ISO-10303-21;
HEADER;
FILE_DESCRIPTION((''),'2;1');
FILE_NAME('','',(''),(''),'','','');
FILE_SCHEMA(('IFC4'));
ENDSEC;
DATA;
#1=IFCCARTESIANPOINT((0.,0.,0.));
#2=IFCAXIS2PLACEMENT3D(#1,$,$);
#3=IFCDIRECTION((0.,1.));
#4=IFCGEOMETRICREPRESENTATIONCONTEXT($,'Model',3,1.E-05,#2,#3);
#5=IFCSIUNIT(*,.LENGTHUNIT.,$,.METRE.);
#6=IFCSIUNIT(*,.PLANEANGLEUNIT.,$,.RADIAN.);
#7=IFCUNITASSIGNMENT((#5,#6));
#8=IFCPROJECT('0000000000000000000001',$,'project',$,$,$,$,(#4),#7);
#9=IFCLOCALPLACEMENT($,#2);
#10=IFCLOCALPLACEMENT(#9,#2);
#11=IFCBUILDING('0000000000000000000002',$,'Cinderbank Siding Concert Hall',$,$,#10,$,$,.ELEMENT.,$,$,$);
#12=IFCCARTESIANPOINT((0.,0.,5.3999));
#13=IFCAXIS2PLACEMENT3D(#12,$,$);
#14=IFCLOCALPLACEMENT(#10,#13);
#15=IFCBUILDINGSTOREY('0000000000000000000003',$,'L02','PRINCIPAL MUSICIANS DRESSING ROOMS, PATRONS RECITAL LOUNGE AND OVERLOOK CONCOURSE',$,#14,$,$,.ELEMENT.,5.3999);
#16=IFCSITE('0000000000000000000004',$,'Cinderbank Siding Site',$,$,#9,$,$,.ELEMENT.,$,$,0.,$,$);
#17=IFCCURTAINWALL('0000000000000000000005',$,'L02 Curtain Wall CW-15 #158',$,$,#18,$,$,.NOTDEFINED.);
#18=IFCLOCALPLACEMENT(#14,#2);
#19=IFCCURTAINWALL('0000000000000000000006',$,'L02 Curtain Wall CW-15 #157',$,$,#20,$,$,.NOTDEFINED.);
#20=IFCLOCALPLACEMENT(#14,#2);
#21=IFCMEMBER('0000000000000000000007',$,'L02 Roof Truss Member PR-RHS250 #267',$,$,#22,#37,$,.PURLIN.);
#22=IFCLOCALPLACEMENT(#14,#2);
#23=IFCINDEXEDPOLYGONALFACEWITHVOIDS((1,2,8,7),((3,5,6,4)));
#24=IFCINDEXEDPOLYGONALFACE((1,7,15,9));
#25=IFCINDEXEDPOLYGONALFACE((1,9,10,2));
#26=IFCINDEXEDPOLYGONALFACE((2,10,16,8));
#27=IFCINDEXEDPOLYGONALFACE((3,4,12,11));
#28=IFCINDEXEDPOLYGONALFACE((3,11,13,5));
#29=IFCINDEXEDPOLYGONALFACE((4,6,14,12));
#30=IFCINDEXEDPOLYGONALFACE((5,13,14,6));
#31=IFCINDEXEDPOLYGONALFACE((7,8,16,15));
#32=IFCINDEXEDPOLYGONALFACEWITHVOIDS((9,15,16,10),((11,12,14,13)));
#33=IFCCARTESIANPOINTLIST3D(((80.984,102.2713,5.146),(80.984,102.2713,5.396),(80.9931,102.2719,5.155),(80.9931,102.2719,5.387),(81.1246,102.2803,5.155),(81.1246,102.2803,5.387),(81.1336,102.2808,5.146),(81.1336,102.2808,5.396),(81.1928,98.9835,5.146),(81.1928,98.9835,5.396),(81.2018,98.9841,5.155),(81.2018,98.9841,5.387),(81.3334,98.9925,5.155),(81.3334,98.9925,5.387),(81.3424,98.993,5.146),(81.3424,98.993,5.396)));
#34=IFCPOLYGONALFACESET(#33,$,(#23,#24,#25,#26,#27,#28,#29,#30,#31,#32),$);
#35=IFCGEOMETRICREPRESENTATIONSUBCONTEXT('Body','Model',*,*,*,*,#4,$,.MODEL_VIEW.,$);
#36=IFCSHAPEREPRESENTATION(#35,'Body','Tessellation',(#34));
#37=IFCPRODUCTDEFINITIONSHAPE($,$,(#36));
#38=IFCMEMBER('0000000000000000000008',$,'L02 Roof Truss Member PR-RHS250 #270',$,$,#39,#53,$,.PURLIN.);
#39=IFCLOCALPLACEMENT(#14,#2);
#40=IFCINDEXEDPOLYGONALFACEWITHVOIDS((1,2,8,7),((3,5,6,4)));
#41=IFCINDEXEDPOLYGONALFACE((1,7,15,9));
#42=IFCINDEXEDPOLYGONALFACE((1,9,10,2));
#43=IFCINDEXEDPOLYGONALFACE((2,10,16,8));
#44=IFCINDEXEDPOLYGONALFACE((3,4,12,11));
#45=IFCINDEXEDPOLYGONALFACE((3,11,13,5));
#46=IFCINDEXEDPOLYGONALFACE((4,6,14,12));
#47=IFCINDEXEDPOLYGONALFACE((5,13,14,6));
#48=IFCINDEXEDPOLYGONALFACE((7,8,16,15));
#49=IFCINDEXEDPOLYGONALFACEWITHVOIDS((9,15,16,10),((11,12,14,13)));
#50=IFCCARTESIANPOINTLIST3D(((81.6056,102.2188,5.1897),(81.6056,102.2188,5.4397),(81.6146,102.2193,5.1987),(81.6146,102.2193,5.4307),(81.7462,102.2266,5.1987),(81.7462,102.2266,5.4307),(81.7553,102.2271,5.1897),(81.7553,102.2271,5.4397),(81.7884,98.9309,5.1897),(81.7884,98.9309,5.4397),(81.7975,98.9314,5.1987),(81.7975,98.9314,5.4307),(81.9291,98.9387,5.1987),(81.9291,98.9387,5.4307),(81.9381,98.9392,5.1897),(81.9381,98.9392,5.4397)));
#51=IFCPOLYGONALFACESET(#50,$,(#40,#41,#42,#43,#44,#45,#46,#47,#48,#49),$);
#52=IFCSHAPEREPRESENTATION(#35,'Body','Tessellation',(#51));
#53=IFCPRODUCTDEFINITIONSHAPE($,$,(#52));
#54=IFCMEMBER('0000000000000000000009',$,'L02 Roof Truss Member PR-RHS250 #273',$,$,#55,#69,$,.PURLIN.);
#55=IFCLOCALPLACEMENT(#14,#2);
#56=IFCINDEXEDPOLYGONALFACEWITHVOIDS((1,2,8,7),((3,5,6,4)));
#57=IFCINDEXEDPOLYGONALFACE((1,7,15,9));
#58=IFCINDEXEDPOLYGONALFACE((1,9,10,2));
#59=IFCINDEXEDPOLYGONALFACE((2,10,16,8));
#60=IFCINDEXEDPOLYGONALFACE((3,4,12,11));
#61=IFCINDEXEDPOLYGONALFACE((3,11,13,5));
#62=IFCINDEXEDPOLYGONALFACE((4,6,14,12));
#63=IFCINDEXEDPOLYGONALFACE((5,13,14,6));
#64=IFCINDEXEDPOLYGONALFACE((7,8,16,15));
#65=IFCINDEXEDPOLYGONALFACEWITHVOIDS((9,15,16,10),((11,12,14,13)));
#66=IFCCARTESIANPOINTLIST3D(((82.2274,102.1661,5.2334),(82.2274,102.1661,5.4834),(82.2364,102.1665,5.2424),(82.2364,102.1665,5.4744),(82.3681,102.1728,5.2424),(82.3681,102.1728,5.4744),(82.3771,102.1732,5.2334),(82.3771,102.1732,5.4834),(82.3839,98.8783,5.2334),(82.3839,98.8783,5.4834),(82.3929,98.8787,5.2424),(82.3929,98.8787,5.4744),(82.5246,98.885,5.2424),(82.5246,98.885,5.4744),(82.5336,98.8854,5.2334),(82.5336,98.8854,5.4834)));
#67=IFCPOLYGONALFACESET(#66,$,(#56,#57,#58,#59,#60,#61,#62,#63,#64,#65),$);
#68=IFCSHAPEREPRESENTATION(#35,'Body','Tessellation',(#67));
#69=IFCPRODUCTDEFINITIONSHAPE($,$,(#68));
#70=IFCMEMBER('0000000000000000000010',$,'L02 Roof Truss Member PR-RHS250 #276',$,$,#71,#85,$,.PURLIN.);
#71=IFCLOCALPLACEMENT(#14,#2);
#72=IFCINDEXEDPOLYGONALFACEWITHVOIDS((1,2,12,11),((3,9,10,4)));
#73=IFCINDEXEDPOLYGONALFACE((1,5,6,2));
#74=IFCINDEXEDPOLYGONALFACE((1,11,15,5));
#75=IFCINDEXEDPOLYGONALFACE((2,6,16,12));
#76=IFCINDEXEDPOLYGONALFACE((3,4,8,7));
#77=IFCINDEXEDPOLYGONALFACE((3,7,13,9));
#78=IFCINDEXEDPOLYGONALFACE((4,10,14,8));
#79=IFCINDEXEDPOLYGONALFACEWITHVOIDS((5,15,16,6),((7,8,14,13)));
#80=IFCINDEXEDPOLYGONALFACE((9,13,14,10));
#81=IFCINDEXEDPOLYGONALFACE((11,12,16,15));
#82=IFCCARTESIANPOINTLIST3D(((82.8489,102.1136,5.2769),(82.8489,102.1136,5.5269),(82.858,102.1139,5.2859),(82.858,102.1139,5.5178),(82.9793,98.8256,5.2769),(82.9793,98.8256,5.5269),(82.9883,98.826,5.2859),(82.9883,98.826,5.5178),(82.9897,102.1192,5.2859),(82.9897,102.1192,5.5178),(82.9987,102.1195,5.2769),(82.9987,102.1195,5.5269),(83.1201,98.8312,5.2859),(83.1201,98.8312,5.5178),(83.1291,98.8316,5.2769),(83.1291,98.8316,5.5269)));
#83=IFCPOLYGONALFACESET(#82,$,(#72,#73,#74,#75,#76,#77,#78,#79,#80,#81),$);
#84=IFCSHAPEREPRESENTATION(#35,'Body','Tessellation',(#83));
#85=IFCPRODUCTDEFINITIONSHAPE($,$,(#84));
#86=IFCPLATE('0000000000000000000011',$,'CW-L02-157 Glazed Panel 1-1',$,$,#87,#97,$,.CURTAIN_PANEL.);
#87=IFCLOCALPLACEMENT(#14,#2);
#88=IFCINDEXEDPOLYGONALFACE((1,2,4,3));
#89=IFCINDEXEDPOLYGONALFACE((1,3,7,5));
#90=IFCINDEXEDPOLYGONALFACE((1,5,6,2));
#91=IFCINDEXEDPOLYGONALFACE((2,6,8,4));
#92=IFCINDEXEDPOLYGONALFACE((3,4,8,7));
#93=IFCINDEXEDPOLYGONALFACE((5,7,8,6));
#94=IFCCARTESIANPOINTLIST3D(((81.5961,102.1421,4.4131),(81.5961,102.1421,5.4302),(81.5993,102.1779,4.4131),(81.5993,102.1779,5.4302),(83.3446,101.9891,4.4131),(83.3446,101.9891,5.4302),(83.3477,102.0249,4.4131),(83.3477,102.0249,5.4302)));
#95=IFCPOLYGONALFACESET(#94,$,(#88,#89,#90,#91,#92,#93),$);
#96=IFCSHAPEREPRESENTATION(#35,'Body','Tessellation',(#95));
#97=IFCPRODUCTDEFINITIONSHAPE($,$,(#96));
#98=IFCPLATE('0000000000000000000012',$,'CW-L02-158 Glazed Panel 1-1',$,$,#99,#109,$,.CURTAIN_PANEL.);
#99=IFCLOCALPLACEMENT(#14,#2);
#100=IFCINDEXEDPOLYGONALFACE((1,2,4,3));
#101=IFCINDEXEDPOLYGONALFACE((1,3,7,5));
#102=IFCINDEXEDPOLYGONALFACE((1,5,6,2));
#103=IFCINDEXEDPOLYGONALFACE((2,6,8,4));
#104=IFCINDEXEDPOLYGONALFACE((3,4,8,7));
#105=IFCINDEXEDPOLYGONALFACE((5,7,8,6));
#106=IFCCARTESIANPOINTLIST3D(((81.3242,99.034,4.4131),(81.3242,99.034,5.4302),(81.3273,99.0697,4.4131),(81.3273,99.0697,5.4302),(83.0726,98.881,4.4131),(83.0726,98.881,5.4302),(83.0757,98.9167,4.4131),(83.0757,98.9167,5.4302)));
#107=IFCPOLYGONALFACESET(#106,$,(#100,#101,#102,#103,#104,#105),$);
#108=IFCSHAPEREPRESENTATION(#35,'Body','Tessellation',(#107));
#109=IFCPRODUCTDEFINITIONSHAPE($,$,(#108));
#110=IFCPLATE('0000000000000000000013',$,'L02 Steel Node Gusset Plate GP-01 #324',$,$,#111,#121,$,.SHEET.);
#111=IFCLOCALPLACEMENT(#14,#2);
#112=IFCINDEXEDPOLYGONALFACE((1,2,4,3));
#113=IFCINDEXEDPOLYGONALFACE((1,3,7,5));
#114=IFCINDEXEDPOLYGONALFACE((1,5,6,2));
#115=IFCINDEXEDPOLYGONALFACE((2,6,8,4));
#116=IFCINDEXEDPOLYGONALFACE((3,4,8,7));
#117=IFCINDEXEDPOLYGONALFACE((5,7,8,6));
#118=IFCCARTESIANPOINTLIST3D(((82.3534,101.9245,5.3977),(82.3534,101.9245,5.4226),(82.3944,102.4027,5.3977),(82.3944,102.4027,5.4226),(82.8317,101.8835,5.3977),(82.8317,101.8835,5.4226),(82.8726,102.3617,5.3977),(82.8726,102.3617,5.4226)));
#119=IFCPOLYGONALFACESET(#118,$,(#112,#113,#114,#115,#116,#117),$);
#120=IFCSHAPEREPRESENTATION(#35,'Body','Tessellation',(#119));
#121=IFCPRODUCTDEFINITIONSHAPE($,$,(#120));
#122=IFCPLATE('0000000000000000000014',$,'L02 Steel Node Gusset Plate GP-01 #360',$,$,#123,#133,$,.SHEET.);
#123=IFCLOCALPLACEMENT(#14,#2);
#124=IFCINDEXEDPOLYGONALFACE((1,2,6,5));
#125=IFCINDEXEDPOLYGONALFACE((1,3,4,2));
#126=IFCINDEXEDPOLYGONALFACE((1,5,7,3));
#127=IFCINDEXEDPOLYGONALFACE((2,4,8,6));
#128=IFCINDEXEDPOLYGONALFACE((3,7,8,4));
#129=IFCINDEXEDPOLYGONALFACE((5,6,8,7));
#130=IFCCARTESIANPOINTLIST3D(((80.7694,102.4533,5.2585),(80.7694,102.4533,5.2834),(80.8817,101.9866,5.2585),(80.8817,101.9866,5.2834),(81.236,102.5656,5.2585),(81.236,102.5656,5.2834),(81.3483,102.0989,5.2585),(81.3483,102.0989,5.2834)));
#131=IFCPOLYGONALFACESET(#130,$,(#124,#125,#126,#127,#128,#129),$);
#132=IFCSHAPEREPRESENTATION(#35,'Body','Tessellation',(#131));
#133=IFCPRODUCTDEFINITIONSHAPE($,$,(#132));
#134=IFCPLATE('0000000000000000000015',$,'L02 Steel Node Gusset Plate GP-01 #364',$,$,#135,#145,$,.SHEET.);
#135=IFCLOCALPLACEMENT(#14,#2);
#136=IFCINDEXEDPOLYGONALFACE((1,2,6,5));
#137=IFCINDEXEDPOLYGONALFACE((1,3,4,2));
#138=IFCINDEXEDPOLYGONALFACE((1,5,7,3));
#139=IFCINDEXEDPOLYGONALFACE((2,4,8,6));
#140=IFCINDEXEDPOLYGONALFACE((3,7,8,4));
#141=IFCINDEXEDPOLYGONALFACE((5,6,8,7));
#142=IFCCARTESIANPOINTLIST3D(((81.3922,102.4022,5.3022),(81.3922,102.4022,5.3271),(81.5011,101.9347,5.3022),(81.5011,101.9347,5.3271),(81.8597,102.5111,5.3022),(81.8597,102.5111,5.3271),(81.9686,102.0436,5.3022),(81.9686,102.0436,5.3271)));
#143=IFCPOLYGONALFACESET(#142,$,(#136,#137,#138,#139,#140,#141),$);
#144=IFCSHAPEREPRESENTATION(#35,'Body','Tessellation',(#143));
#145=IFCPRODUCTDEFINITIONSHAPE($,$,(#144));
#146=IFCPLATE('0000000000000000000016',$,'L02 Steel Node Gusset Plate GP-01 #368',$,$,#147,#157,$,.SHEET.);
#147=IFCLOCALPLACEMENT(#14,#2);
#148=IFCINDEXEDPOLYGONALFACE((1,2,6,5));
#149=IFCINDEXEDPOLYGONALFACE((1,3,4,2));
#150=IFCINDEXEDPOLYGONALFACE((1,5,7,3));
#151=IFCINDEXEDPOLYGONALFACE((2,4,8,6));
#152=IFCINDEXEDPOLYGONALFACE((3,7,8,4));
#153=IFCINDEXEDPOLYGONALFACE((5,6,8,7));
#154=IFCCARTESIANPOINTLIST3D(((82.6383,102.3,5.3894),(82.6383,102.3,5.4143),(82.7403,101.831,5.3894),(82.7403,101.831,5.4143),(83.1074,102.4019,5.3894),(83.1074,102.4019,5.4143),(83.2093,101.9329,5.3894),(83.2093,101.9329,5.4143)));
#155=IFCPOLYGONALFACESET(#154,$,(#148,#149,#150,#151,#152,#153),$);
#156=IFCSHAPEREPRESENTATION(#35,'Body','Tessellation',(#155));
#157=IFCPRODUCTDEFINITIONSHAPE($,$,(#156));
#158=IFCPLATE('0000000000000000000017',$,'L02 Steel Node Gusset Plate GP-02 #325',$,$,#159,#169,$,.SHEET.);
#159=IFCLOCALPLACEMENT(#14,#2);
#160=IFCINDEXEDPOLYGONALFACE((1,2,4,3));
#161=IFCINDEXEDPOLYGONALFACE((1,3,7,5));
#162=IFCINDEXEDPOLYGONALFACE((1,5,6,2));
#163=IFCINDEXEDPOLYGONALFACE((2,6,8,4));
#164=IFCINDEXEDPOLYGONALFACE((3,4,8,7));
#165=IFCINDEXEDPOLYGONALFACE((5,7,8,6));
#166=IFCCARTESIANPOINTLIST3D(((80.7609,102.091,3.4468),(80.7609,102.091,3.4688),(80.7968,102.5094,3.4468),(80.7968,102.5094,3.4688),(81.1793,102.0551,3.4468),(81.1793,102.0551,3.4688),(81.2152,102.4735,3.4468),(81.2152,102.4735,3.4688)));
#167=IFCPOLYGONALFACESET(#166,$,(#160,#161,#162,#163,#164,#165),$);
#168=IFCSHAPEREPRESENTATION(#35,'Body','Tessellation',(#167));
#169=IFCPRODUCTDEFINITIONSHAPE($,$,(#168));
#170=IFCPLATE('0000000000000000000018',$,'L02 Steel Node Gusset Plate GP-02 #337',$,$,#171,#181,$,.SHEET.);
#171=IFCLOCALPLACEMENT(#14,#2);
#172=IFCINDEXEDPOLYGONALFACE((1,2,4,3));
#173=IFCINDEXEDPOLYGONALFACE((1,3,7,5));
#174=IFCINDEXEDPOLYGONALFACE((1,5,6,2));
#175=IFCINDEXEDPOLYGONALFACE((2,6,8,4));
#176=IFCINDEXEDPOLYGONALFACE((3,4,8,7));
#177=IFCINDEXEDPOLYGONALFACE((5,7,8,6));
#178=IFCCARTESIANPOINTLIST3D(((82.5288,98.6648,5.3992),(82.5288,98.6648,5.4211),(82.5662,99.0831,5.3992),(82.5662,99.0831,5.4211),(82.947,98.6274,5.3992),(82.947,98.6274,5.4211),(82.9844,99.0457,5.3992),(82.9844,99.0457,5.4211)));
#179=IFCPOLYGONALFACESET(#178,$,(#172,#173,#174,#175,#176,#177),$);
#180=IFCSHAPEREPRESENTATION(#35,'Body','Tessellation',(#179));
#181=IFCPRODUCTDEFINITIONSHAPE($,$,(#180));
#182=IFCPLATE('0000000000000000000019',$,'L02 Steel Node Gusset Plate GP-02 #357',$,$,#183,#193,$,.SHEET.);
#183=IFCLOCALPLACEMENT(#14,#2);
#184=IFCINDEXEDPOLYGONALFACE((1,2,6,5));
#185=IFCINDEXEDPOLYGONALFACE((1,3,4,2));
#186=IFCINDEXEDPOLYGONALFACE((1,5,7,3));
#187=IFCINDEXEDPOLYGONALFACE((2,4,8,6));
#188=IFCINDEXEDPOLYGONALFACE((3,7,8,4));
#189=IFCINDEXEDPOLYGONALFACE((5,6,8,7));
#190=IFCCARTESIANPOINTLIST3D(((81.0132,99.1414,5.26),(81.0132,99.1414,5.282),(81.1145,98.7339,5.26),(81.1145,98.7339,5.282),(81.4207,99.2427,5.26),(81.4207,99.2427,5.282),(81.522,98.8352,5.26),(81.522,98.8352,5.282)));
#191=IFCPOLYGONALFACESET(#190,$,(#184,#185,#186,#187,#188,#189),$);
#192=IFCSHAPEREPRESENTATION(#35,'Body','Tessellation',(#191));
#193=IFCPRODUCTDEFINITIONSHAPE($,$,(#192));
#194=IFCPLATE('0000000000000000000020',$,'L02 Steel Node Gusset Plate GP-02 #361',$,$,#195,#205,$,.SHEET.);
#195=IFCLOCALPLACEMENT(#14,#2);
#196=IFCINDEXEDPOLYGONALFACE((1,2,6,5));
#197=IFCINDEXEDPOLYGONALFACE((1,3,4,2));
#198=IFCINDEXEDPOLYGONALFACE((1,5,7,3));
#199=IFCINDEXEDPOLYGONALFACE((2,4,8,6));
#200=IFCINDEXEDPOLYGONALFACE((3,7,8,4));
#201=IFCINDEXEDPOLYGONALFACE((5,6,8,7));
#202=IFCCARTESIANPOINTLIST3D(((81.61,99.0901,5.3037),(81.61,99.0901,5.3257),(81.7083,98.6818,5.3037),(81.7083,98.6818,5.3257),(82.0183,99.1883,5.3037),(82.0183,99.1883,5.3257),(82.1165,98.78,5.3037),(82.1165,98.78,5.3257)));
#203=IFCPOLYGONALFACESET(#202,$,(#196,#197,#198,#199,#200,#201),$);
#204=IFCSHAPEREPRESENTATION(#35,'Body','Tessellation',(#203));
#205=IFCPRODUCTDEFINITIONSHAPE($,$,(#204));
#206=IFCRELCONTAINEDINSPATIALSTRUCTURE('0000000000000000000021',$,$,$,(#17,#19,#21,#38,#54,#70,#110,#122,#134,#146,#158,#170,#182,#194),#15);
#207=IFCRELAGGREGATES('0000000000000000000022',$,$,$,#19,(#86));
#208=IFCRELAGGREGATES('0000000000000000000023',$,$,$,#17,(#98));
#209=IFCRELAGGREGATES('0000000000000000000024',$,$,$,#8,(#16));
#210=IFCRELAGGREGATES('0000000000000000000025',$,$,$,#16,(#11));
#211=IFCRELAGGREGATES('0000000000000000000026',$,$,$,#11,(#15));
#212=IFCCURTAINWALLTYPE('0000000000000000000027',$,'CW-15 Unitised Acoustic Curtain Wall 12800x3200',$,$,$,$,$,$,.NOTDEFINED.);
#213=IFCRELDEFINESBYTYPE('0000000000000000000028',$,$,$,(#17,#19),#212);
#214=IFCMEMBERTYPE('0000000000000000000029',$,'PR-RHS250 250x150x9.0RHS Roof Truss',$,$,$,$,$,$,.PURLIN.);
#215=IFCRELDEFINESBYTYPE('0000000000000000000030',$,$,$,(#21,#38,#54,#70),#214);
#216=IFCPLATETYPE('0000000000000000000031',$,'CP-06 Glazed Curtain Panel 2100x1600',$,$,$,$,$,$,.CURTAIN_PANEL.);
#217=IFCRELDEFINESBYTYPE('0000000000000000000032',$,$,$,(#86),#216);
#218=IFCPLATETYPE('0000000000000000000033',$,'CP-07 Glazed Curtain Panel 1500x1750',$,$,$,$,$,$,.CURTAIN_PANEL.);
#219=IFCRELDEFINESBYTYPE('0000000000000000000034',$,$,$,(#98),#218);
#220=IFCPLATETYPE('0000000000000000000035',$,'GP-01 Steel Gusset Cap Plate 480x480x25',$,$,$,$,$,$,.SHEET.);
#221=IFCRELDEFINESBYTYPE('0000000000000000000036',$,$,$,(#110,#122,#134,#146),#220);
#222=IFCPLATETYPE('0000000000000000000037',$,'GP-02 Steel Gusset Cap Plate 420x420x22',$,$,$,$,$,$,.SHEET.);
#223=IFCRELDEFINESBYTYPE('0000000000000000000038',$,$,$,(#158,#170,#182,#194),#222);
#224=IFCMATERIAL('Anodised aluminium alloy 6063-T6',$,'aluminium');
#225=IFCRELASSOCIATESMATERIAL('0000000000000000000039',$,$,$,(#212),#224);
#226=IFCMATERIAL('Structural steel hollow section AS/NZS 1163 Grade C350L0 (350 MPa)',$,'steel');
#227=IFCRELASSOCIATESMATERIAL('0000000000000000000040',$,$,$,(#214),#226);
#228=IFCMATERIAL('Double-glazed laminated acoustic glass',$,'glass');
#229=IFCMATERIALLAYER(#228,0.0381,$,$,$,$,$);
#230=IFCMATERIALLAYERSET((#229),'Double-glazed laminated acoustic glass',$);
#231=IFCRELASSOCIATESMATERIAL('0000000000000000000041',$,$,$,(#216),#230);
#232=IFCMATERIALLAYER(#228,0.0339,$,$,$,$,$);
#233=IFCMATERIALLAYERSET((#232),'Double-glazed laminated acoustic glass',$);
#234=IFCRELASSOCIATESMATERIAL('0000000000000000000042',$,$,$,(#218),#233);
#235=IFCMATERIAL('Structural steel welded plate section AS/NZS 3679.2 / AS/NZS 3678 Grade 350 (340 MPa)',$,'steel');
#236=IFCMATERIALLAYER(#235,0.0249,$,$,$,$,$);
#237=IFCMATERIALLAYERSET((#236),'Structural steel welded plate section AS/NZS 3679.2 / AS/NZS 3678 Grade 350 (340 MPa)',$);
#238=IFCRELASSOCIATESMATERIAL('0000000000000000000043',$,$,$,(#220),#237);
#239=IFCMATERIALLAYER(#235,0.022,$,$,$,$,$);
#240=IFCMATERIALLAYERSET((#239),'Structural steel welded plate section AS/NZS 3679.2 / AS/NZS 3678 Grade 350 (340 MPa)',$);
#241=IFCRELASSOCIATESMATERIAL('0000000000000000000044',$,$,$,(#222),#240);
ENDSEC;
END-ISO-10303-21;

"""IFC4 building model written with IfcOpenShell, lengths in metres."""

from ifc_helpers import new_model, si_unit, direction, frame, origin, origin_2d, place, context, subcontext, project, spatial, rectangle, hollow_rectangle, extrude, material, layer, layer_set, material_profile, profile_set, type_object, element, aggregate, save


model = new_model("IFC4")

# Units and contexts
model_context = context("Model", 3, precision=1e-05, world=origin(), true_north=direction((0.0, 1.0)))
body_context = subcontext(model_context, "Body", "Model", "MODEL_VIEW")
ifc_project = project(units=[si_unit("LENGTHUNIT", "METRE"), si_unit("PLANEANGLEUNIT", "RADIAN")], contexts=[model_context])

# Site, building, storey
site_placement = place(None, origin())
site = spatial("IfcSite", under=ifc_project, at=site_placement, Name="Cinderbank Siding Site", CompositionType="ELEMENT", RefElevation=0.0)
building_placement = place(site_placement, origin())
building = spatial("IfcBuilding", under=site, at=building_placement, Name="Cinderbank Siding Concert Hall", CompositionType="ELEMENT")
storey_placement = place(building_placement, frame((0.0, 0.0, 5.3999)))
storey = spatial("IfcBuildingStorey", under=building, at=storey_placement, Name="L02", Description="PRINCIPAL MUSICIANS DRESSING ROOMS, PATRONS RECITAL LOUNGE AND OVERLOOK CONCOURSE", CompositionType="ELEMENT", Elevation=5.3999)

# Shared definitions
ifc_material_1 = material(Name="Structural steel hollow section AS/NZS 1163 Grade C350L0 (350 MPa)", Category="steel")

# Curtain walls
ifc_material_2 = material(Name="Anodised aluminium alloy 6063-T6", Category="aluminium")
curtain_wall_type = type_object("IfcCurtainWallType", Name="CW-15 Unitised Acoustic Curtain Wall 12800x3200", PredefinedType="NOTDEFINED", material=ifc_material_2)
curtain_wall_1_placement = place(storey_placement, origin())
curtain_wall_1 = element("IfcCurtainWall", 1, at=curtain_wall_1_placement, inside=storey, type_object=curtain_wall_type, Name="L02 Curtain Wall CW-15 #158", PredefinedType="NOTDEFINED")
curtain_wall_2_placement = place(storey_placement, origin())
curtain_wall_2 = element("IfcCurtainWall", 2, at=curtain_wall_2_placement, inside=storey, type_object=curtain_wall_type, Name="L02 Curtain Wall CW-15 #157", PredefinedType="NOTDEFINED")

# Members
ifc_material_profile_1 = material_profile(ifc_material_1, hollow_rectangle(XDim=0.1499, YDim=0.25, WallThickness=0.009, at=origin_2d()), Name="250x150x9.0RHS", Category="LoadBearing")
ifc_profile_set_1 = profile_set([ifc_material_profile_1], Name="Structural steel hollow section AS/NZS 1163 Grade C350L0 (350 MPa)")
member_type_1 = type_object("IfcMemberType", Name="PR-RHS250 250x150x9.0RHS Roof Truss", PredefinedType="PURLIN", material=ifc_profile_set_1)
member_1_placement = place(storey_placement, frame((81.2676, 98.9883, 5.271), z_axis=(-0.063361, 0.997991, 0.0), x_axis=(-0.997991, -0.063361, 0.0)))
element("IfcMember", 3, at=member_1_placement, inside=storey, type_object=member_type_1, Name="L02 Roof Truss Member PR-RHS250 #267", PredefinedType="PURLIN", context=body_context, shape_type="SweptSolid", body=[
    extrude(hollow_rectangle(XDim=0.1499, YDim=0.25, WallThickness=0.009, at=origin_2d()), origin(), (0.0, 0.0, 1.0), 3.2944),
])
member_2_placement = place(storey_placement, frame((81.8633, 98.9351, 5.3147), z_axis=(-0.055532, 0.998457, 0.0), x_axis=(-0.998457, -0.055532, 0.0)))
element("IfcMember", 4, at=member_2_placement, inside=storey, type_object=member_type_1, Name="L02 Roof Truss Member PR-RHS250 #270", PredefinedType="PURLIN", context=body_context, shape_type="SweptSolid", body=[
    extrude(hollow_rectangle(XDim=0.1499, YDim=0.25, WallThickness=0.009, at=origin_2d()), origin(), (0.0, 0.0, 1.0), 3.293),
])
member_3_placement = place(storey_placement, frame((82.4587, 98.8818, 5.3584), z_axis=(-0.047544, 0.998869, 0.0), x_axis=(-0.998869, -0.047544, 0.0)))
element("IfcMember", 5, at=member_3_placement, inside=storey, type_object=member_type_1, Name="L02 Roof Truss Member PR-RHS250 #273", PredefinedType="PURLIN", context=body_context, shape_type="SweptSolid", body=[
    extrude(hollow_rectangle(XDim=0.1499, YDim=0.25, WallThickness=0.009, at=origin_2d()), origin(), (0.0, 0.0, 1.0), 3.2915),
])
member_4_placement = place(storey_placement, frame((83.0542, 98.8286, 5.4019), z_axis=(-0.039621, 0.999215, 0.0), x_axis=(-0.999215, -0.039621, 0.0)))
element("IfcMember", 6, at=member_4_placement, inside=storey, type_object=member_type_1, Name="L02 Roof Truss Member PR-RHS250 #276", PredefinedType="PURLIN", context=body_context, shape_type="SweptSolid", body=[
    extrude(hollow_rectangle(XDim=0.1499, YDim=0.25, WallThickness=0.009, at=origin_2d()), origin(), (0.0, 0.0, 1.0), 3.2905),
])

# Plates
ifc_material_3 = material(Name="Double-glazed laminated acoustic glass", Category="glass")
ifc_layer_1 = layer(ifc_material_3, 0.0381)
ifc_layer_set_1 = layer_set([ifc_layer_1], Name="Double-glazed laminated acoustic glass")
plate_type_1 = type_object("IfcPlateType", Name="CP-06 Glazed Curtain Panel 2100x1600", PredefinedType="CURTAIN_PANEL", material=ifc_layer_set_1)
plate_1_placement = place(storey_placement, frame((82.4719, 102.0835, 4.4131), z_axis=(0.0, 0.0, 1.0), x_axis=(0.996195, -0.087157, 0.0)))
plate_1 = element("IfcPlate", 7, at=plate_1_placement, type_object=plate_type_1, Name="CW-L02-157 Glazed Panel 1-1", PredefinedType="CURTAIN_PANEL", context=body_context, shape_type="SweptSolid", body=[
    extrude(rectangle(XDim=1.7551, YDim=0.0359, at=origin_2d()), origin(), (0.0, 0.0, 1.0), 1.0171),
])
aggregate(curtain_wall_2, [plate_1])
ifc_layer_2 = layer(ifc_material_3, 0.0339)
ifc_layer_set_2 = layer_set([ifc_layer_2], Name="Double-glazed laminated acoustic glass")
plate_type_2 = type_object("IfcPlateType", Name="CP-07 Glazed Curtain Panel 1500x1750", PredefinedType="CURTAIN_PANEL", material=ifc_layer_set_2)
plate_2_placement = place(storey_placement, frame((82.2, 98.9753, 4.4131), z_axis=(0.0, 0.0, 1.0), x_axis=(0.996195, -0.087157, 0.0)))
plate_2 = element("IfcPlate", 8, at=plate_2_placement, type_object=plate_type_2, Name="CW-L02-158 Glazed Panel 1-1", PredefinedType="CURTAIN_PANEL", context=body_context, shape_type="SweptSolid", body=[
    extrude(rectangle(XDim=1.7551, YDim=0.0359, at=origin_2d()), origin(), (0.0, 0.0, 1.0), 1.0171),
])
aggregate(curtain_wall_1, [plate_2])

# Plates
ifc_material_4 = material(Name="Structural steel welded plate section AS/NZS 3679.2 / AS/NZS 3678 Grade 350 (340 MPa)", Category="steel")
ifc_layer_3 = layer(ifc_material_4, 0.0249)
ifc_layer_set_3 = layer_set([ifc_layer_3], Name="Structural steel welded plate section AS/NZS 3679.2 / AS/NZS 3678 Grade 350 (340 MPa)")
plate_type_3 = type_object("IfcPlateType", Name="GP-01 Steel Gusset Cap Plate 480x480x25", PredefinedType="SHEET", material=ifc_layer_set_3)
for number, where, z_axis, x_axis, name in (
    (9, (82.613, 102.1431, 5.3977), (0.0, 0.0, 1.0), (0.996345, -0.085417, 0.0), "L02 Steel Node Gusset Plate GP-01 #324"),
    (10, (81.0588, 102.2761, 5.2585), (0.0, 0.0, 1.0), (0.233954, -0.972248, 0.0), "L02 Steel Node Gusset Plate GP-01 #360"),
    (11, (81.6804, 102.2229, 5.3022), (0.0, 0.0, 1.0), (0.226821, -0.973936, 0.0), "L02 Steel Node Gusset Plate GP-01 #364"),
    (12, (82.9238, 102.1165, 5.3894), (0.0, 0.0, 1.0), (0.212348, -0.977194, 0.0), "L02 Steel Node Gusset Plate GP-01 #368"),
):
    element("IfcPlate", number, at=place(storey_placement, frame(where, z_axis=z_axis, x_axis=x_axis)), inside=storey, type_object=plate_type_3, Name=name, PredefinedType="SHEET", context=body_context, shape_type="SweptSolid", body=[
        extrude(rectangle(XDim=0.48, YDim=0.48, at=origin_2d()), origin(), (0.0, 0.0, 1.0), 0.0249),
    ])
ifc_layer_4 = layer(ifc_material_4, 0.022)
ifc_layer_set_4 = layer_set([ifc_layer_4], Name="Structural steel welded plate section AS/NZS 3679.2 / AS/NZS 3678 Grade 350 (340 MPa)")
plate_type_4 = type_object("IfcPlateType", Name="GP-02 Steel Gusset Cap Plate 420x420x22", PredefinedType="SHEET", material=ifc_layer_set_4)
for number, where, z_axis, x_axis, name in (
    (13, (80.988, 102.2822, 3.4468), (0.0, 0.0, 1.0), (0.996345, -0.085417, 0.0), "L02 Steel Node Gusset Plate GP-02 #325"),
    (14, (82.7566, 98.8552, 5.3992), (0.0, 0.0, 1.0), (0.996026, -0.089068, 0.0), "L02 Steel Node Gusset Plate GP-02 #337"),
    (15, (81.2676, 98.9883, 5.26), (0.0, 0.0, 1.0), (0.241244, -0.970464, 0.0), "L02 Steel Node Gusset Plate GP-02 #357"),
    (16, (81.8633, 98.9351, 5.3037), (0.0, 0.0, 1.0), (0.233954, -0.972248, 0.0), "L02 Steel Node Gusset Plate GP-02 #361"),
):
    element("IfcPlate", number, at=place(storey_placement, frame(where, z_axis=z_axis, x_axis=x_axis)), inside=storey, type_object=plate_type_4, Name=name, PredefinedType="SHEET", context=body_context, shape_type="SweptSolid", body=[
        extrude(rectangle(XDim=0.4199, YDim=0.4199, at=origin_2d()), origin(), (0.0, 0.0, 1.0), 0.022),
    ])

save(model, "model.ifc")
